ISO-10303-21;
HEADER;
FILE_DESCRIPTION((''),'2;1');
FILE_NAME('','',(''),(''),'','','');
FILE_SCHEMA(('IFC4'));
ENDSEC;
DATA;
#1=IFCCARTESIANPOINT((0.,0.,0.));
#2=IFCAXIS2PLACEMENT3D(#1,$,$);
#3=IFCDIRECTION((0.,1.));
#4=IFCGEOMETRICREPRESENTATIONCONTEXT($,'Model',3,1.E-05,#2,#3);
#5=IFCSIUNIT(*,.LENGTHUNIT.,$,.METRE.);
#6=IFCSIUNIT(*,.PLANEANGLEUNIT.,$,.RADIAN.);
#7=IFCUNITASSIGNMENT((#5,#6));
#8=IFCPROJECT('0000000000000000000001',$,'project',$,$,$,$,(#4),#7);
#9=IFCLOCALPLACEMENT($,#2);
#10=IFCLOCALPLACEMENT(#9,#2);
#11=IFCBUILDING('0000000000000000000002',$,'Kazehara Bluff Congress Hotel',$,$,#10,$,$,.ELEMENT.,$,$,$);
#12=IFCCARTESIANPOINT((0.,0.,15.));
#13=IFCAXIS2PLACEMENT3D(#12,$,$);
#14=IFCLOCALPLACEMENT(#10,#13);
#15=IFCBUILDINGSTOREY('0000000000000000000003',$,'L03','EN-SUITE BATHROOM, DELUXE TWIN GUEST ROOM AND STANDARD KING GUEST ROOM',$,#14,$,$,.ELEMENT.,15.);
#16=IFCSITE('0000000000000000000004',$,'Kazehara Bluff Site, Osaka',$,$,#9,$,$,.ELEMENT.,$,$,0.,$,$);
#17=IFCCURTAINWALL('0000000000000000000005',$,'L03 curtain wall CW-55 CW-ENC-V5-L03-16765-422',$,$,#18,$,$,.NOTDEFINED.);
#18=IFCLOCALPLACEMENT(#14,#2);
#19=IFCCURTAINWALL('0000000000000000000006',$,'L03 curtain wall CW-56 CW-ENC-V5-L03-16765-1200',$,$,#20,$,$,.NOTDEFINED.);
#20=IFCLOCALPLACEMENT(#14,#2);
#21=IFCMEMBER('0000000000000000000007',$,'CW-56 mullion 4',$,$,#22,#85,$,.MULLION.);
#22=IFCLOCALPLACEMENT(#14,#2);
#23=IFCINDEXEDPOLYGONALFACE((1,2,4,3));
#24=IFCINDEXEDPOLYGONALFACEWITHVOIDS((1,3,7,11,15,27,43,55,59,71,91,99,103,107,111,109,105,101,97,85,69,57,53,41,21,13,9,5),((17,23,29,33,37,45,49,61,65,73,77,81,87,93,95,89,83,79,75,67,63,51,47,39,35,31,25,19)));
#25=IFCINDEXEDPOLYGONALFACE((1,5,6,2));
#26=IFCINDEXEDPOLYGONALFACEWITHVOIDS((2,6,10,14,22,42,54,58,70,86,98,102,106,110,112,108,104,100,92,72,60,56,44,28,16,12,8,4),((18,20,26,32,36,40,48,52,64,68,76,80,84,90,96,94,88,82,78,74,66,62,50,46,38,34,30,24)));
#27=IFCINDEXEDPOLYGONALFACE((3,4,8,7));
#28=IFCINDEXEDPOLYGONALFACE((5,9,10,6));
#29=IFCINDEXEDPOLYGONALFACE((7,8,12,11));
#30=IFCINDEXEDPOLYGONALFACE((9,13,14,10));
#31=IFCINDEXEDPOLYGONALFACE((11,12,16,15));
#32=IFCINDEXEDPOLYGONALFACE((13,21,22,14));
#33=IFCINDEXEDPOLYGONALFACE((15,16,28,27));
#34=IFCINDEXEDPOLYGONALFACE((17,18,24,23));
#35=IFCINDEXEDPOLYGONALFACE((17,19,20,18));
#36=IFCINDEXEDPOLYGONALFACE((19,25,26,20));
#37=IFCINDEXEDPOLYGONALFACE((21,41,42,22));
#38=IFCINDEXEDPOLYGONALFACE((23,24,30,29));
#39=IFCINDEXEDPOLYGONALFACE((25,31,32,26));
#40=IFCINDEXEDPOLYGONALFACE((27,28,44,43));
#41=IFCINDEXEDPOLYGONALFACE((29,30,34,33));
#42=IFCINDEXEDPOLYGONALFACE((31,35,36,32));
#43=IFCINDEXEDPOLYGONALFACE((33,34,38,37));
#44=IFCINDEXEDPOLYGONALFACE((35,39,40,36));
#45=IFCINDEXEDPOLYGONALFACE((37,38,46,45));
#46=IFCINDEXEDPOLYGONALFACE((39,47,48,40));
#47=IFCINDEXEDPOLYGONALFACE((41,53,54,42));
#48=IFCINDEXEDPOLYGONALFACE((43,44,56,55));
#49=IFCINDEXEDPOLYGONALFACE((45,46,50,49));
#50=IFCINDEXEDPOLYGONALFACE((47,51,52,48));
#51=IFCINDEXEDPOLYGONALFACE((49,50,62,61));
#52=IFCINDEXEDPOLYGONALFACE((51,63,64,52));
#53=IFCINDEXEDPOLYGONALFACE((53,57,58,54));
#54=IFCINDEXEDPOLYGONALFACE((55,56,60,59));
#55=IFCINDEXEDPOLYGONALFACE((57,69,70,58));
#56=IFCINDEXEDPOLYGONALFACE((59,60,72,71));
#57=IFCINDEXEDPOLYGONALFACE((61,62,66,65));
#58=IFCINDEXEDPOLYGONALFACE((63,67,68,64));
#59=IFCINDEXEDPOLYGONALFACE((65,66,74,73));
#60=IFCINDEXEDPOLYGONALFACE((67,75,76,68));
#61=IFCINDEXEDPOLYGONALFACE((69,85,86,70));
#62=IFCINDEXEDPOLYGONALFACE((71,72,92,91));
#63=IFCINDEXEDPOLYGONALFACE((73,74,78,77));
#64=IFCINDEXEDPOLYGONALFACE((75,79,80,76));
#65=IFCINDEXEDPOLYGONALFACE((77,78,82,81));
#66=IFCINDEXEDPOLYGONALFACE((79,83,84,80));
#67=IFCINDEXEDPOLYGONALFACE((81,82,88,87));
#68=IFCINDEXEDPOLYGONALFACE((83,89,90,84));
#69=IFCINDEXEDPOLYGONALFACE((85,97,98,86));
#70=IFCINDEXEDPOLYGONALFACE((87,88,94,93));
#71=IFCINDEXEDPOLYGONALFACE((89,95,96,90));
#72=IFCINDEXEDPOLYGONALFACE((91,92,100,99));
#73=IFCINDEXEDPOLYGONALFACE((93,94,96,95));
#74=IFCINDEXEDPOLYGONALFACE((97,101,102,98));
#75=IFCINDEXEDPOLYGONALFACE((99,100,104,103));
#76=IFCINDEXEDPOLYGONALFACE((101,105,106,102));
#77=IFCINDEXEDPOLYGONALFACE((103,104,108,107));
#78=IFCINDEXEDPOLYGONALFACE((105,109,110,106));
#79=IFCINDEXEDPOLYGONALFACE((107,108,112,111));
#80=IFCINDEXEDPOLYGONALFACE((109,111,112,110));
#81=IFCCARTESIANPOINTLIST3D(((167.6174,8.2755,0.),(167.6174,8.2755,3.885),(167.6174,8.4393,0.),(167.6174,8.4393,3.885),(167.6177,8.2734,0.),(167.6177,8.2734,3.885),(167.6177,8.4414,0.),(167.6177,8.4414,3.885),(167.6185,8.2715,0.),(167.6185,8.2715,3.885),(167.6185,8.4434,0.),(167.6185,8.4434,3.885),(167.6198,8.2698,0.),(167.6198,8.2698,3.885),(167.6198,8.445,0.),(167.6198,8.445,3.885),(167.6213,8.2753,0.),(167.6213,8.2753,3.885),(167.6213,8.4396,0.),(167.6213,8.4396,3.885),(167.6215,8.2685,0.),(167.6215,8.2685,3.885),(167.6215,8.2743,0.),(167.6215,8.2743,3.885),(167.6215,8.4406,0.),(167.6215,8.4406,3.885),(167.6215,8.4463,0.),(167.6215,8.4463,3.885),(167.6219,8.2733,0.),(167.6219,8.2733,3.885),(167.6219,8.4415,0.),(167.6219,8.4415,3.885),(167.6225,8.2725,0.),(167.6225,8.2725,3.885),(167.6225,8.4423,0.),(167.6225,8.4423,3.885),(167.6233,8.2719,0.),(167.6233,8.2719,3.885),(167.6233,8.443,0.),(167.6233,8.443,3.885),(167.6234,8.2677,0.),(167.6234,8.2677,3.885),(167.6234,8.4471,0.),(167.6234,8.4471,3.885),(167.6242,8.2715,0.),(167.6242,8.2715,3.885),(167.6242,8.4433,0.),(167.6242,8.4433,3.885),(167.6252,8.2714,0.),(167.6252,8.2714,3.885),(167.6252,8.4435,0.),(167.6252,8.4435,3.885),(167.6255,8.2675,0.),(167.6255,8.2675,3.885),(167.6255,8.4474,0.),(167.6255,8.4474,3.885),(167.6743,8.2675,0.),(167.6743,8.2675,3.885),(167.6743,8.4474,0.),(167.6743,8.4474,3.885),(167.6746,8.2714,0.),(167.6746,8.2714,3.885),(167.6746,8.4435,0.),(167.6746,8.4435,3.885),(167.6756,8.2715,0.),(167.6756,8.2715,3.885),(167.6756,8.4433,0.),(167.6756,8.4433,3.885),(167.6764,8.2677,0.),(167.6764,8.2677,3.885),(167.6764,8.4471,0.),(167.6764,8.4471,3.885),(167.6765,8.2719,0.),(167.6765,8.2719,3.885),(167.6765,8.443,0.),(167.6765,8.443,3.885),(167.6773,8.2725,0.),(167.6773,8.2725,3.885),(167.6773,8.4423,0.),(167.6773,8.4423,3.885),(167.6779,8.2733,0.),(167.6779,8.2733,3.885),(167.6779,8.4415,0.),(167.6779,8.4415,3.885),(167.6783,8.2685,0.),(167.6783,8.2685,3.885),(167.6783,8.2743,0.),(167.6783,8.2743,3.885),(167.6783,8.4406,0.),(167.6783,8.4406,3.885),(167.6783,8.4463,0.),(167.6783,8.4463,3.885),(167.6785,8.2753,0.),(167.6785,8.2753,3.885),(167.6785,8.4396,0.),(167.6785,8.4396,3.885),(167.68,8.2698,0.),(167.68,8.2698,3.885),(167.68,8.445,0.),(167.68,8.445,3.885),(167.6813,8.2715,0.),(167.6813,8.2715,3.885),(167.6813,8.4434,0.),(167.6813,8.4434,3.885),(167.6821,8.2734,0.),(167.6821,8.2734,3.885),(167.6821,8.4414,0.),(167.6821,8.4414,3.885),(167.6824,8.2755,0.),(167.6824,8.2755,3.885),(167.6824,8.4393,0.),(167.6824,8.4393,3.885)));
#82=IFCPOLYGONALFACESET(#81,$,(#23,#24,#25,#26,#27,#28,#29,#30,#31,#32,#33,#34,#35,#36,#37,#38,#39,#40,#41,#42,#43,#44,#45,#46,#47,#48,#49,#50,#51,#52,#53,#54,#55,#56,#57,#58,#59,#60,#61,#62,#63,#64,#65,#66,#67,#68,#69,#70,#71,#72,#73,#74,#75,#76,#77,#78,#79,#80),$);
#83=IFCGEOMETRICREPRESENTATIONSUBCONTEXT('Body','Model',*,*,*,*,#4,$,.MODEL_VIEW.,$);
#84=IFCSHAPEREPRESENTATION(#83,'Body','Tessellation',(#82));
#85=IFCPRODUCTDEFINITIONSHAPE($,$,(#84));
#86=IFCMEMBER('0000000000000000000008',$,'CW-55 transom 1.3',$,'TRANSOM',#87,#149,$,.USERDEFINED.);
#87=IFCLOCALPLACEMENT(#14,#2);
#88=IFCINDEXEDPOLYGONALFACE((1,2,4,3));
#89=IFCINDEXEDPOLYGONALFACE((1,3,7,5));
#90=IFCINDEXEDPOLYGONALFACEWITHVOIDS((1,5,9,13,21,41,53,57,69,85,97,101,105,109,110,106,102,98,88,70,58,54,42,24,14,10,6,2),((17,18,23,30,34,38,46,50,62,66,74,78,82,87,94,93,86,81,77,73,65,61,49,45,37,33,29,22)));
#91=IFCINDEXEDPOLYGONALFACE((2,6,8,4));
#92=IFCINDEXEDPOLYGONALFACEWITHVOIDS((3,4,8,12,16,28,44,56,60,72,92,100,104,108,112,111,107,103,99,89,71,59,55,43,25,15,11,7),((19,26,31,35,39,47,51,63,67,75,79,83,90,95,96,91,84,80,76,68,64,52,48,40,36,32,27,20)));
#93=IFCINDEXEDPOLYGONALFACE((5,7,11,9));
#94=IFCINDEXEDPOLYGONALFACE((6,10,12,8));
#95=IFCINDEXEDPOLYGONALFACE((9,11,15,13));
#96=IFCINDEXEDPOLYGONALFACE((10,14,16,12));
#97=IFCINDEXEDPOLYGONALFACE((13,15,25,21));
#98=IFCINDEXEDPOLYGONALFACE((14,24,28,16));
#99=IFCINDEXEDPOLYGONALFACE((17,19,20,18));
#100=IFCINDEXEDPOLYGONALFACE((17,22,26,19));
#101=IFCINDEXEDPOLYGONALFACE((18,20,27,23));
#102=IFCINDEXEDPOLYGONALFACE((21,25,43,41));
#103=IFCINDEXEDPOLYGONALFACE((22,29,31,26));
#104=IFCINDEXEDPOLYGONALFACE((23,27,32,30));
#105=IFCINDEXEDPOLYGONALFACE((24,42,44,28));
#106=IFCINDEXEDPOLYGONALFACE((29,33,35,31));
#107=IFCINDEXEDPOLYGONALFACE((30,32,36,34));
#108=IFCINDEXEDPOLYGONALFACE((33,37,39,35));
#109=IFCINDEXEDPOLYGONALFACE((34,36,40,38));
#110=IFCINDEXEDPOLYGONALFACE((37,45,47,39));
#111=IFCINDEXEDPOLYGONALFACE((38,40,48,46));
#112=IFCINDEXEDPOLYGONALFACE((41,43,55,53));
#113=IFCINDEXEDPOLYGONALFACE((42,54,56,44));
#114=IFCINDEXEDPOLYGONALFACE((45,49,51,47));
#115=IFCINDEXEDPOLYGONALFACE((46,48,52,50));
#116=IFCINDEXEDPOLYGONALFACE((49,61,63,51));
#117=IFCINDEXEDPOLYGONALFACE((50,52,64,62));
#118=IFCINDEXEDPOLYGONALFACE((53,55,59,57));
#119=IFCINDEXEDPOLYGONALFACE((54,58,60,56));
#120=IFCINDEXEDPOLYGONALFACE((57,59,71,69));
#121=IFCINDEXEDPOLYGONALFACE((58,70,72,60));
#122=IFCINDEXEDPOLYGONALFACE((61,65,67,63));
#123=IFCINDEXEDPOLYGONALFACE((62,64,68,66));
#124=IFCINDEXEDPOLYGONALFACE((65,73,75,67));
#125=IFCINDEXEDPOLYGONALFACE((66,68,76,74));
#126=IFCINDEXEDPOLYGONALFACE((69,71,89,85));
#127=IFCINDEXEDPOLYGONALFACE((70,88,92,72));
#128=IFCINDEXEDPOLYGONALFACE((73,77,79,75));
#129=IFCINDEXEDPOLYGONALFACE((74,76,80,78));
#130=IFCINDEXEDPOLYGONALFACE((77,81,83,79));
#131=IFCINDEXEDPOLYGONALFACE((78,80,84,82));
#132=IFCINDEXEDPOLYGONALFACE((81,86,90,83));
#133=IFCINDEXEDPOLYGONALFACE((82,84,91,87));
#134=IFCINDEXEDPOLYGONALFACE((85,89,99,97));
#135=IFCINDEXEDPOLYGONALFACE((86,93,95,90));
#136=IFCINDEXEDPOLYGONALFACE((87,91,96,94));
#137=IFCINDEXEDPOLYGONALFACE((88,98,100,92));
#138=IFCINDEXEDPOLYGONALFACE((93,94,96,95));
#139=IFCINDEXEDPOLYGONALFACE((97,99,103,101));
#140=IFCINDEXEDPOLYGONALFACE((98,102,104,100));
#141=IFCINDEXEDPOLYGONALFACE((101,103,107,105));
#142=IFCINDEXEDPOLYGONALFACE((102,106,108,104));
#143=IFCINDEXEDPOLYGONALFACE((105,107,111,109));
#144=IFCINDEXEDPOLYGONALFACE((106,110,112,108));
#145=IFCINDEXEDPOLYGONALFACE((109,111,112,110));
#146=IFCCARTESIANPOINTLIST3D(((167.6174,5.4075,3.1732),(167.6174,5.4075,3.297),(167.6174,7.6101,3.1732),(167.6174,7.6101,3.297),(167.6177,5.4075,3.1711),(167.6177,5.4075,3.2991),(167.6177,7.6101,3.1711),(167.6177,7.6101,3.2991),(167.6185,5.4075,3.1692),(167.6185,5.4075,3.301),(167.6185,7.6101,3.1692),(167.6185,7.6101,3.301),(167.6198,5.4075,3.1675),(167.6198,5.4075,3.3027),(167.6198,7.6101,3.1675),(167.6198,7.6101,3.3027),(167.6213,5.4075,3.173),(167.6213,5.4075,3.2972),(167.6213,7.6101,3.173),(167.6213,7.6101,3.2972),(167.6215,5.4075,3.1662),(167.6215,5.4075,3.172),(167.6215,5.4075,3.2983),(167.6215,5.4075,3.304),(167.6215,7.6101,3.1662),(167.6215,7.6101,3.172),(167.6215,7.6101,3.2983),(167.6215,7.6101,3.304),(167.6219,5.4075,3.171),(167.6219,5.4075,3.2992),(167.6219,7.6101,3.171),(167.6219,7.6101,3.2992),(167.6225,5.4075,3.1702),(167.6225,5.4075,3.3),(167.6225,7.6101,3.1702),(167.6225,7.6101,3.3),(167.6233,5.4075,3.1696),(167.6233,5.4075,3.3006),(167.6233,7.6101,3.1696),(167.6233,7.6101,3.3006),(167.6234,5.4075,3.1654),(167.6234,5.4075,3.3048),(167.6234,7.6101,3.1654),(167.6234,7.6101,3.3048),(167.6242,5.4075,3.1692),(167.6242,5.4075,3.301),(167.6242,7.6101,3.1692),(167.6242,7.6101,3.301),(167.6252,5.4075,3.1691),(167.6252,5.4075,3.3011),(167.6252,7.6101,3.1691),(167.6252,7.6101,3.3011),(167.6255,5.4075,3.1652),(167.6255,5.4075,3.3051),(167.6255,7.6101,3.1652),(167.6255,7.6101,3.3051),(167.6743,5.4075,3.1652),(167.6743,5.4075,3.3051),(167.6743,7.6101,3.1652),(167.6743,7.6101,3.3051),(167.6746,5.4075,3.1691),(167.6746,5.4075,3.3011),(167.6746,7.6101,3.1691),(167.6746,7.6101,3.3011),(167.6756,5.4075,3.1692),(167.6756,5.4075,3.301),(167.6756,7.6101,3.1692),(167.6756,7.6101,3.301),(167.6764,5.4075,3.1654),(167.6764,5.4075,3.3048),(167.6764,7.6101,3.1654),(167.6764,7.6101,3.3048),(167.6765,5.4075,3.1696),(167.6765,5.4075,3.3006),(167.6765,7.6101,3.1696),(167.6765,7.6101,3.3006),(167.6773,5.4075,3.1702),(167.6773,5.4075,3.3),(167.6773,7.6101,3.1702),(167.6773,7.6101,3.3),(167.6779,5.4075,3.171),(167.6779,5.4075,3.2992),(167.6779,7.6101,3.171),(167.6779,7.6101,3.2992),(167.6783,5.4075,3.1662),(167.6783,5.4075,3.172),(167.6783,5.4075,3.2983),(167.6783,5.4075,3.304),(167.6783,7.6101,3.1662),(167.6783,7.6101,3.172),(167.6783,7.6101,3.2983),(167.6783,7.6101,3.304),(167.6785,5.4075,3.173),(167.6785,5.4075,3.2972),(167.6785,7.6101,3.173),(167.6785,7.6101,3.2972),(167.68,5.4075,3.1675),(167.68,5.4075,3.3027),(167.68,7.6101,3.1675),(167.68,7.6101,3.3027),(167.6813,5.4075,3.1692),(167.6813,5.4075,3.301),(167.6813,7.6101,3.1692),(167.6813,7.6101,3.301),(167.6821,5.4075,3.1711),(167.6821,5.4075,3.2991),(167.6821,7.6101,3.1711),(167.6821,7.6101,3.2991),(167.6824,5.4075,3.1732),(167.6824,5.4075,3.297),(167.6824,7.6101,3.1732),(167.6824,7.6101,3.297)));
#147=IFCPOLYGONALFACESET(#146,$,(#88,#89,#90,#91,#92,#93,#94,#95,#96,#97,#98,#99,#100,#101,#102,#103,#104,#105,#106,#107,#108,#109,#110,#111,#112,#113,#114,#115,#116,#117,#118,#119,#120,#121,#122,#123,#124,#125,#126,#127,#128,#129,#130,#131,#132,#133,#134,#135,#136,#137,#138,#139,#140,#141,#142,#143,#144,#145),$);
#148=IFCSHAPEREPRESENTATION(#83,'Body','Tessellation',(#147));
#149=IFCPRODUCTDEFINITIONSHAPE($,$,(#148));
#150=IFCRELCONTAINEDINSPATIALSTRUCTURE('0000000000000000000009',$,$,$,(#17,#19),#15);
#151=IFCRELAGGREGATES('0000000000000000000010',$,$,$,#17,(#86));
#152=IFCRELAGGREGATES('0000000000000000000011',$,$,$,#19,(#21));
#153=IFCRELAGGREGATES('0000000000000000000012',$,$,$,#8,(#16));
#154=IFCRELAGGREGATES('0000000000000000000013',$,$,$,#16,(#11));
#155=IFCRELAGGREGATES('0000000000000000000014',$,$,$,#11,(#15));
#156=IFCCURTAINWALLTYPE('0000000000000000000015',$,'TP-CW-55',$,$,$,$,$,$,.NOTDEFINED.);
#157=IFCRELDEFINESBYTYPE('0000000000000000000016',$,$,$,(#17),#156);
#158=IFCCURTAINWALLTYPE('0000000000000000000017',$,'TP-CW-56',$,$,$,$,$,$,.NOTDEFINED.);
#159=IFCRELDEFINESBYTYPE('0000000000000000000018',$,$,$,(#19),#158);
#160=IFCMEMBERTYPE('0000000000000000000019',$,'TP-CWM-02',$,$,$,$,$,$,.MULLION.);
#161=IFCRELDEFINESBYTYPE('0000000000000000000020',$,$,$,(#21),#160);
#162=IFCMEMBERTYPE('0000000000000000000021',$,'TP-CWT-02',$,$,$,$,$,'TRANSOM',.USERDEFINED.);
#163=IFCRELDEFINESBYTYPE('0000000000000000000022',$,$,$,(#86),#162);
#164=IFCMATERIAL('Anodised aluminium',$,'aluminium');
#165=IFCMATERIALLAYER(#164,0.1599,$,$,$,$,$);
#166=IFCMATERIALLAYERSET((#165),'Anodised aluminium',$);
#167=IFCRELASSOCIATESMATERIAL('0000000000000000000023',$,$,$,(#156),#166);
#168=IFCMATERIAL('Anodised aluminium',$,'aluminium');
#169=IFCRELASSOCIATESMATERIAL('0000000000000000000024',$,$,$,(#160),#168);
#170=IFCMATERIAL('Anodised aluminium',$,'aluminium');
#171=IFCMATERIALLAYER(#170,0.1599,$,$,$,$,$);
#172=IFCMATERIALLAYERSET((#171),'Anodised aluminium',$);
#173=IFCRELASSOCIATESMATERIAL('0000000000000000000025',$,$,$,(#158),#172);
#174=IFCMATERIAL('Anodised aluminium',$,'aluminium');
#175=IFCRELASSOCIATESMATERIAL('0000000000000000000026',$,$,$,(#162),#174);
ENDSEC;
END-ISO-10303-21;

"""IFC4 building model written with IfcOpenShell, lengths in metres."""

from ifc_helpers import new_model, si_unit, direction, frame, origin, origin_2d, place, context, subcontext, project, spatial, hollow_rectangle, extrude, material, layer, layer_set, material_profile, profile_set, type_object, element, aggregate, save


model = new_model("IFC4")

# Units and contexts
model_context = context("Model", 3, precision=1e-05, world=origin(), true_north=direction((0.0, 1.0)))
body_context = subcontext(model_context, "Body", "Model", "MODEL_VIEW")
ifc_project = project(units=[si_unit("LENGTHUNIT", "METRE"), si_unit("PLANEANGLEUNIT", "RADIAN")], contexts=[model_context])

# Site, building, storey
site_placement = place(None, origin())
site = spatial("IfcSite", under=ifc_project, at=site_placement, Name="Kazehara Bluff Site, Osaka", CompositionType="ELEMENT", RefElevation=0.0)
building_placement = place(site_placement, origin())
building = spatial("IfcBuilding", under=site, at=building_placement, Name="Kazehara Bluff Congress Hotel", CompositionType="ELEMENT")
storey_placement = place(building_placement, frame((0.0, 0.0, 15.0)))
storey = spatial("IfcBuildingStorey", under=building, at=storey_placement, Name="L03", Description="EN-SUITE BATHROOM, DELUXE TWIN GUEST ROOM AND STANDARD KING GUEST ROOM", CompositionType="ELEMENT", Elevation=15.0)

# Curtain wall
ifc_material_1 = material(Name="Anodised aluminium", Category="aluminium")
ifc_layer_1 = layer(ifc_material_1, 0.1599)
ifc_layer_set_1 = layer_set([ifc_layer_1], Name="Anodised aluminium")
curtain_wall_type_1 = type_object("IfcCurtainWallType", Name="TP-CW-55", PredefinedType="NOTDEFINED", material=ifc_layer_set_1)
curtain_wall_1_placement = place(storey_placement, origin())
curtain_wall_1 = element("IfcCurtainWall", 1, at=curtain_wall_1_placement, inside=storey, type_object=curtain_wall_type_1, Name="L03 curtain wall CW-55 CW-ENC-V5-L03-16765-422", PredefinedType="NOTDEFINED")
ifc_material_2 = material(Name="Anodised aluminium", Category="aluminium")
ifc_material_profile_1 = material_profile(ifc_material_2, hollow_rectangle(XDim=0.0649, YDim=0.1799, WallThickness=0.0039, InnerFilletRadius=0.0039, OuterFilletRadius=0.0081, at=origin_2d()))
ifc_profile_set_1 = profile_set([ifc_material_profile_1], Name="Anodised aluminium")
member_type_1 = type_object("IfcMemberType", Name="TP-CWM-02", PredefinedType="MULLION", material=ifc_profile_set_1)

# Curtain wall, member
ifc_material_3 = material(Name="Anodised aluminium", Category="aluminium")
ifc_layer_2 = layer(ifc_material_3, 0.1599)
ifc_layer_set_2 = layer_set([ifc_layer_2], Name="Anodised aluminium")
curtain_wall_type_2 = type_object("IfcCurtainWallType", Name="TP-CW-56", PredefinedType="NOTDEFINED", material=ifc_layer_set_2)
curtain_wall_2_placement = place(storey_placement, origin())
curtain_wall_2 = element("IfcCurtainWall", 2, at=curtain_wall_2_placement, inside=storey, type_object=curtain_wall_type_2, Name="L03 curtain wall CW-56 CW-ENC-V5-L03-16765-1200", PredefinedType="NOTDEFINED")
member_1_placement = place(storey_placement, frame((167.6499, 8.3574, 0.0), z_axis=(0.0, 0.0, 1.0), x_axis=(1.0, 0.0, 0.0)))
member_1 = element("IfcMember", 3, at=member_1_placement, type_object=member_type_1, Name="CW-56 mullion 4", PredefinedType="MULLION", context=body_context, shape_type="SweptSolid", body=[
    extrude(hollow_rectangle(XDim=0.0649, YDim=0.1799, WallThickness=0.0039, InnerFilletRadius=0.0039, OuterFilletRadius=0.0081, at=origin_2d()), origin(), (0.0, 0.0, 1.0), 3.885),
])

# Member
ifc_material_4 = material(Name="Anodised aluminium", Category="aluminium")
ifc_material_profile_2 = material_profile(ifc_material_4, hollow_rectangle(XDim=0.0649, YDim=0.1399, WallThickness=0.0039, InnerFilletRadius=0.0039, OuterFilletRadius=0.0081, at=origin_2d()))
ifc_profile_set_2 = profile_set([ifc_material_profile_2], Name="Anodised aluminium")
member_type_2 = type_object("IfcMemberType", Name="TP-CWT-02", ElementType="TRANSOM", PredefinedType="USERDEFINED", material=ifc_profile_set_2)
member_2_placement = place(storey_placement, frame((167.6499, 7.6101, 3.2351), z_axis=(0.0, -1.0, 0.0), x_axis=(1.0, 0.0, 0.0)))
member_2 = element("IfcMember", 4, at=member_2_placement, type_object=member_type_2, Name="CW-55 transom 1.3", ObjectType="TRANSOM", PredefinedType="USERDEFINED", context=body_context, shape_type="SweptSolid", body=[
    extrude(hollow_rectangle(XDim=0.0649, YDim=0.1399, WallThickness=0.0039, InnerFilletRadius=0.0039, OuterFilletRadius=0.0081, at=origin_2d()), origin(), (0.0, 0.0, 1.0), 2.2026),
])
aggregate(curtain_wall_1, [member_2])

aggregate(curtain_wall_2, [member_1])

save(model, "model.ifc")
